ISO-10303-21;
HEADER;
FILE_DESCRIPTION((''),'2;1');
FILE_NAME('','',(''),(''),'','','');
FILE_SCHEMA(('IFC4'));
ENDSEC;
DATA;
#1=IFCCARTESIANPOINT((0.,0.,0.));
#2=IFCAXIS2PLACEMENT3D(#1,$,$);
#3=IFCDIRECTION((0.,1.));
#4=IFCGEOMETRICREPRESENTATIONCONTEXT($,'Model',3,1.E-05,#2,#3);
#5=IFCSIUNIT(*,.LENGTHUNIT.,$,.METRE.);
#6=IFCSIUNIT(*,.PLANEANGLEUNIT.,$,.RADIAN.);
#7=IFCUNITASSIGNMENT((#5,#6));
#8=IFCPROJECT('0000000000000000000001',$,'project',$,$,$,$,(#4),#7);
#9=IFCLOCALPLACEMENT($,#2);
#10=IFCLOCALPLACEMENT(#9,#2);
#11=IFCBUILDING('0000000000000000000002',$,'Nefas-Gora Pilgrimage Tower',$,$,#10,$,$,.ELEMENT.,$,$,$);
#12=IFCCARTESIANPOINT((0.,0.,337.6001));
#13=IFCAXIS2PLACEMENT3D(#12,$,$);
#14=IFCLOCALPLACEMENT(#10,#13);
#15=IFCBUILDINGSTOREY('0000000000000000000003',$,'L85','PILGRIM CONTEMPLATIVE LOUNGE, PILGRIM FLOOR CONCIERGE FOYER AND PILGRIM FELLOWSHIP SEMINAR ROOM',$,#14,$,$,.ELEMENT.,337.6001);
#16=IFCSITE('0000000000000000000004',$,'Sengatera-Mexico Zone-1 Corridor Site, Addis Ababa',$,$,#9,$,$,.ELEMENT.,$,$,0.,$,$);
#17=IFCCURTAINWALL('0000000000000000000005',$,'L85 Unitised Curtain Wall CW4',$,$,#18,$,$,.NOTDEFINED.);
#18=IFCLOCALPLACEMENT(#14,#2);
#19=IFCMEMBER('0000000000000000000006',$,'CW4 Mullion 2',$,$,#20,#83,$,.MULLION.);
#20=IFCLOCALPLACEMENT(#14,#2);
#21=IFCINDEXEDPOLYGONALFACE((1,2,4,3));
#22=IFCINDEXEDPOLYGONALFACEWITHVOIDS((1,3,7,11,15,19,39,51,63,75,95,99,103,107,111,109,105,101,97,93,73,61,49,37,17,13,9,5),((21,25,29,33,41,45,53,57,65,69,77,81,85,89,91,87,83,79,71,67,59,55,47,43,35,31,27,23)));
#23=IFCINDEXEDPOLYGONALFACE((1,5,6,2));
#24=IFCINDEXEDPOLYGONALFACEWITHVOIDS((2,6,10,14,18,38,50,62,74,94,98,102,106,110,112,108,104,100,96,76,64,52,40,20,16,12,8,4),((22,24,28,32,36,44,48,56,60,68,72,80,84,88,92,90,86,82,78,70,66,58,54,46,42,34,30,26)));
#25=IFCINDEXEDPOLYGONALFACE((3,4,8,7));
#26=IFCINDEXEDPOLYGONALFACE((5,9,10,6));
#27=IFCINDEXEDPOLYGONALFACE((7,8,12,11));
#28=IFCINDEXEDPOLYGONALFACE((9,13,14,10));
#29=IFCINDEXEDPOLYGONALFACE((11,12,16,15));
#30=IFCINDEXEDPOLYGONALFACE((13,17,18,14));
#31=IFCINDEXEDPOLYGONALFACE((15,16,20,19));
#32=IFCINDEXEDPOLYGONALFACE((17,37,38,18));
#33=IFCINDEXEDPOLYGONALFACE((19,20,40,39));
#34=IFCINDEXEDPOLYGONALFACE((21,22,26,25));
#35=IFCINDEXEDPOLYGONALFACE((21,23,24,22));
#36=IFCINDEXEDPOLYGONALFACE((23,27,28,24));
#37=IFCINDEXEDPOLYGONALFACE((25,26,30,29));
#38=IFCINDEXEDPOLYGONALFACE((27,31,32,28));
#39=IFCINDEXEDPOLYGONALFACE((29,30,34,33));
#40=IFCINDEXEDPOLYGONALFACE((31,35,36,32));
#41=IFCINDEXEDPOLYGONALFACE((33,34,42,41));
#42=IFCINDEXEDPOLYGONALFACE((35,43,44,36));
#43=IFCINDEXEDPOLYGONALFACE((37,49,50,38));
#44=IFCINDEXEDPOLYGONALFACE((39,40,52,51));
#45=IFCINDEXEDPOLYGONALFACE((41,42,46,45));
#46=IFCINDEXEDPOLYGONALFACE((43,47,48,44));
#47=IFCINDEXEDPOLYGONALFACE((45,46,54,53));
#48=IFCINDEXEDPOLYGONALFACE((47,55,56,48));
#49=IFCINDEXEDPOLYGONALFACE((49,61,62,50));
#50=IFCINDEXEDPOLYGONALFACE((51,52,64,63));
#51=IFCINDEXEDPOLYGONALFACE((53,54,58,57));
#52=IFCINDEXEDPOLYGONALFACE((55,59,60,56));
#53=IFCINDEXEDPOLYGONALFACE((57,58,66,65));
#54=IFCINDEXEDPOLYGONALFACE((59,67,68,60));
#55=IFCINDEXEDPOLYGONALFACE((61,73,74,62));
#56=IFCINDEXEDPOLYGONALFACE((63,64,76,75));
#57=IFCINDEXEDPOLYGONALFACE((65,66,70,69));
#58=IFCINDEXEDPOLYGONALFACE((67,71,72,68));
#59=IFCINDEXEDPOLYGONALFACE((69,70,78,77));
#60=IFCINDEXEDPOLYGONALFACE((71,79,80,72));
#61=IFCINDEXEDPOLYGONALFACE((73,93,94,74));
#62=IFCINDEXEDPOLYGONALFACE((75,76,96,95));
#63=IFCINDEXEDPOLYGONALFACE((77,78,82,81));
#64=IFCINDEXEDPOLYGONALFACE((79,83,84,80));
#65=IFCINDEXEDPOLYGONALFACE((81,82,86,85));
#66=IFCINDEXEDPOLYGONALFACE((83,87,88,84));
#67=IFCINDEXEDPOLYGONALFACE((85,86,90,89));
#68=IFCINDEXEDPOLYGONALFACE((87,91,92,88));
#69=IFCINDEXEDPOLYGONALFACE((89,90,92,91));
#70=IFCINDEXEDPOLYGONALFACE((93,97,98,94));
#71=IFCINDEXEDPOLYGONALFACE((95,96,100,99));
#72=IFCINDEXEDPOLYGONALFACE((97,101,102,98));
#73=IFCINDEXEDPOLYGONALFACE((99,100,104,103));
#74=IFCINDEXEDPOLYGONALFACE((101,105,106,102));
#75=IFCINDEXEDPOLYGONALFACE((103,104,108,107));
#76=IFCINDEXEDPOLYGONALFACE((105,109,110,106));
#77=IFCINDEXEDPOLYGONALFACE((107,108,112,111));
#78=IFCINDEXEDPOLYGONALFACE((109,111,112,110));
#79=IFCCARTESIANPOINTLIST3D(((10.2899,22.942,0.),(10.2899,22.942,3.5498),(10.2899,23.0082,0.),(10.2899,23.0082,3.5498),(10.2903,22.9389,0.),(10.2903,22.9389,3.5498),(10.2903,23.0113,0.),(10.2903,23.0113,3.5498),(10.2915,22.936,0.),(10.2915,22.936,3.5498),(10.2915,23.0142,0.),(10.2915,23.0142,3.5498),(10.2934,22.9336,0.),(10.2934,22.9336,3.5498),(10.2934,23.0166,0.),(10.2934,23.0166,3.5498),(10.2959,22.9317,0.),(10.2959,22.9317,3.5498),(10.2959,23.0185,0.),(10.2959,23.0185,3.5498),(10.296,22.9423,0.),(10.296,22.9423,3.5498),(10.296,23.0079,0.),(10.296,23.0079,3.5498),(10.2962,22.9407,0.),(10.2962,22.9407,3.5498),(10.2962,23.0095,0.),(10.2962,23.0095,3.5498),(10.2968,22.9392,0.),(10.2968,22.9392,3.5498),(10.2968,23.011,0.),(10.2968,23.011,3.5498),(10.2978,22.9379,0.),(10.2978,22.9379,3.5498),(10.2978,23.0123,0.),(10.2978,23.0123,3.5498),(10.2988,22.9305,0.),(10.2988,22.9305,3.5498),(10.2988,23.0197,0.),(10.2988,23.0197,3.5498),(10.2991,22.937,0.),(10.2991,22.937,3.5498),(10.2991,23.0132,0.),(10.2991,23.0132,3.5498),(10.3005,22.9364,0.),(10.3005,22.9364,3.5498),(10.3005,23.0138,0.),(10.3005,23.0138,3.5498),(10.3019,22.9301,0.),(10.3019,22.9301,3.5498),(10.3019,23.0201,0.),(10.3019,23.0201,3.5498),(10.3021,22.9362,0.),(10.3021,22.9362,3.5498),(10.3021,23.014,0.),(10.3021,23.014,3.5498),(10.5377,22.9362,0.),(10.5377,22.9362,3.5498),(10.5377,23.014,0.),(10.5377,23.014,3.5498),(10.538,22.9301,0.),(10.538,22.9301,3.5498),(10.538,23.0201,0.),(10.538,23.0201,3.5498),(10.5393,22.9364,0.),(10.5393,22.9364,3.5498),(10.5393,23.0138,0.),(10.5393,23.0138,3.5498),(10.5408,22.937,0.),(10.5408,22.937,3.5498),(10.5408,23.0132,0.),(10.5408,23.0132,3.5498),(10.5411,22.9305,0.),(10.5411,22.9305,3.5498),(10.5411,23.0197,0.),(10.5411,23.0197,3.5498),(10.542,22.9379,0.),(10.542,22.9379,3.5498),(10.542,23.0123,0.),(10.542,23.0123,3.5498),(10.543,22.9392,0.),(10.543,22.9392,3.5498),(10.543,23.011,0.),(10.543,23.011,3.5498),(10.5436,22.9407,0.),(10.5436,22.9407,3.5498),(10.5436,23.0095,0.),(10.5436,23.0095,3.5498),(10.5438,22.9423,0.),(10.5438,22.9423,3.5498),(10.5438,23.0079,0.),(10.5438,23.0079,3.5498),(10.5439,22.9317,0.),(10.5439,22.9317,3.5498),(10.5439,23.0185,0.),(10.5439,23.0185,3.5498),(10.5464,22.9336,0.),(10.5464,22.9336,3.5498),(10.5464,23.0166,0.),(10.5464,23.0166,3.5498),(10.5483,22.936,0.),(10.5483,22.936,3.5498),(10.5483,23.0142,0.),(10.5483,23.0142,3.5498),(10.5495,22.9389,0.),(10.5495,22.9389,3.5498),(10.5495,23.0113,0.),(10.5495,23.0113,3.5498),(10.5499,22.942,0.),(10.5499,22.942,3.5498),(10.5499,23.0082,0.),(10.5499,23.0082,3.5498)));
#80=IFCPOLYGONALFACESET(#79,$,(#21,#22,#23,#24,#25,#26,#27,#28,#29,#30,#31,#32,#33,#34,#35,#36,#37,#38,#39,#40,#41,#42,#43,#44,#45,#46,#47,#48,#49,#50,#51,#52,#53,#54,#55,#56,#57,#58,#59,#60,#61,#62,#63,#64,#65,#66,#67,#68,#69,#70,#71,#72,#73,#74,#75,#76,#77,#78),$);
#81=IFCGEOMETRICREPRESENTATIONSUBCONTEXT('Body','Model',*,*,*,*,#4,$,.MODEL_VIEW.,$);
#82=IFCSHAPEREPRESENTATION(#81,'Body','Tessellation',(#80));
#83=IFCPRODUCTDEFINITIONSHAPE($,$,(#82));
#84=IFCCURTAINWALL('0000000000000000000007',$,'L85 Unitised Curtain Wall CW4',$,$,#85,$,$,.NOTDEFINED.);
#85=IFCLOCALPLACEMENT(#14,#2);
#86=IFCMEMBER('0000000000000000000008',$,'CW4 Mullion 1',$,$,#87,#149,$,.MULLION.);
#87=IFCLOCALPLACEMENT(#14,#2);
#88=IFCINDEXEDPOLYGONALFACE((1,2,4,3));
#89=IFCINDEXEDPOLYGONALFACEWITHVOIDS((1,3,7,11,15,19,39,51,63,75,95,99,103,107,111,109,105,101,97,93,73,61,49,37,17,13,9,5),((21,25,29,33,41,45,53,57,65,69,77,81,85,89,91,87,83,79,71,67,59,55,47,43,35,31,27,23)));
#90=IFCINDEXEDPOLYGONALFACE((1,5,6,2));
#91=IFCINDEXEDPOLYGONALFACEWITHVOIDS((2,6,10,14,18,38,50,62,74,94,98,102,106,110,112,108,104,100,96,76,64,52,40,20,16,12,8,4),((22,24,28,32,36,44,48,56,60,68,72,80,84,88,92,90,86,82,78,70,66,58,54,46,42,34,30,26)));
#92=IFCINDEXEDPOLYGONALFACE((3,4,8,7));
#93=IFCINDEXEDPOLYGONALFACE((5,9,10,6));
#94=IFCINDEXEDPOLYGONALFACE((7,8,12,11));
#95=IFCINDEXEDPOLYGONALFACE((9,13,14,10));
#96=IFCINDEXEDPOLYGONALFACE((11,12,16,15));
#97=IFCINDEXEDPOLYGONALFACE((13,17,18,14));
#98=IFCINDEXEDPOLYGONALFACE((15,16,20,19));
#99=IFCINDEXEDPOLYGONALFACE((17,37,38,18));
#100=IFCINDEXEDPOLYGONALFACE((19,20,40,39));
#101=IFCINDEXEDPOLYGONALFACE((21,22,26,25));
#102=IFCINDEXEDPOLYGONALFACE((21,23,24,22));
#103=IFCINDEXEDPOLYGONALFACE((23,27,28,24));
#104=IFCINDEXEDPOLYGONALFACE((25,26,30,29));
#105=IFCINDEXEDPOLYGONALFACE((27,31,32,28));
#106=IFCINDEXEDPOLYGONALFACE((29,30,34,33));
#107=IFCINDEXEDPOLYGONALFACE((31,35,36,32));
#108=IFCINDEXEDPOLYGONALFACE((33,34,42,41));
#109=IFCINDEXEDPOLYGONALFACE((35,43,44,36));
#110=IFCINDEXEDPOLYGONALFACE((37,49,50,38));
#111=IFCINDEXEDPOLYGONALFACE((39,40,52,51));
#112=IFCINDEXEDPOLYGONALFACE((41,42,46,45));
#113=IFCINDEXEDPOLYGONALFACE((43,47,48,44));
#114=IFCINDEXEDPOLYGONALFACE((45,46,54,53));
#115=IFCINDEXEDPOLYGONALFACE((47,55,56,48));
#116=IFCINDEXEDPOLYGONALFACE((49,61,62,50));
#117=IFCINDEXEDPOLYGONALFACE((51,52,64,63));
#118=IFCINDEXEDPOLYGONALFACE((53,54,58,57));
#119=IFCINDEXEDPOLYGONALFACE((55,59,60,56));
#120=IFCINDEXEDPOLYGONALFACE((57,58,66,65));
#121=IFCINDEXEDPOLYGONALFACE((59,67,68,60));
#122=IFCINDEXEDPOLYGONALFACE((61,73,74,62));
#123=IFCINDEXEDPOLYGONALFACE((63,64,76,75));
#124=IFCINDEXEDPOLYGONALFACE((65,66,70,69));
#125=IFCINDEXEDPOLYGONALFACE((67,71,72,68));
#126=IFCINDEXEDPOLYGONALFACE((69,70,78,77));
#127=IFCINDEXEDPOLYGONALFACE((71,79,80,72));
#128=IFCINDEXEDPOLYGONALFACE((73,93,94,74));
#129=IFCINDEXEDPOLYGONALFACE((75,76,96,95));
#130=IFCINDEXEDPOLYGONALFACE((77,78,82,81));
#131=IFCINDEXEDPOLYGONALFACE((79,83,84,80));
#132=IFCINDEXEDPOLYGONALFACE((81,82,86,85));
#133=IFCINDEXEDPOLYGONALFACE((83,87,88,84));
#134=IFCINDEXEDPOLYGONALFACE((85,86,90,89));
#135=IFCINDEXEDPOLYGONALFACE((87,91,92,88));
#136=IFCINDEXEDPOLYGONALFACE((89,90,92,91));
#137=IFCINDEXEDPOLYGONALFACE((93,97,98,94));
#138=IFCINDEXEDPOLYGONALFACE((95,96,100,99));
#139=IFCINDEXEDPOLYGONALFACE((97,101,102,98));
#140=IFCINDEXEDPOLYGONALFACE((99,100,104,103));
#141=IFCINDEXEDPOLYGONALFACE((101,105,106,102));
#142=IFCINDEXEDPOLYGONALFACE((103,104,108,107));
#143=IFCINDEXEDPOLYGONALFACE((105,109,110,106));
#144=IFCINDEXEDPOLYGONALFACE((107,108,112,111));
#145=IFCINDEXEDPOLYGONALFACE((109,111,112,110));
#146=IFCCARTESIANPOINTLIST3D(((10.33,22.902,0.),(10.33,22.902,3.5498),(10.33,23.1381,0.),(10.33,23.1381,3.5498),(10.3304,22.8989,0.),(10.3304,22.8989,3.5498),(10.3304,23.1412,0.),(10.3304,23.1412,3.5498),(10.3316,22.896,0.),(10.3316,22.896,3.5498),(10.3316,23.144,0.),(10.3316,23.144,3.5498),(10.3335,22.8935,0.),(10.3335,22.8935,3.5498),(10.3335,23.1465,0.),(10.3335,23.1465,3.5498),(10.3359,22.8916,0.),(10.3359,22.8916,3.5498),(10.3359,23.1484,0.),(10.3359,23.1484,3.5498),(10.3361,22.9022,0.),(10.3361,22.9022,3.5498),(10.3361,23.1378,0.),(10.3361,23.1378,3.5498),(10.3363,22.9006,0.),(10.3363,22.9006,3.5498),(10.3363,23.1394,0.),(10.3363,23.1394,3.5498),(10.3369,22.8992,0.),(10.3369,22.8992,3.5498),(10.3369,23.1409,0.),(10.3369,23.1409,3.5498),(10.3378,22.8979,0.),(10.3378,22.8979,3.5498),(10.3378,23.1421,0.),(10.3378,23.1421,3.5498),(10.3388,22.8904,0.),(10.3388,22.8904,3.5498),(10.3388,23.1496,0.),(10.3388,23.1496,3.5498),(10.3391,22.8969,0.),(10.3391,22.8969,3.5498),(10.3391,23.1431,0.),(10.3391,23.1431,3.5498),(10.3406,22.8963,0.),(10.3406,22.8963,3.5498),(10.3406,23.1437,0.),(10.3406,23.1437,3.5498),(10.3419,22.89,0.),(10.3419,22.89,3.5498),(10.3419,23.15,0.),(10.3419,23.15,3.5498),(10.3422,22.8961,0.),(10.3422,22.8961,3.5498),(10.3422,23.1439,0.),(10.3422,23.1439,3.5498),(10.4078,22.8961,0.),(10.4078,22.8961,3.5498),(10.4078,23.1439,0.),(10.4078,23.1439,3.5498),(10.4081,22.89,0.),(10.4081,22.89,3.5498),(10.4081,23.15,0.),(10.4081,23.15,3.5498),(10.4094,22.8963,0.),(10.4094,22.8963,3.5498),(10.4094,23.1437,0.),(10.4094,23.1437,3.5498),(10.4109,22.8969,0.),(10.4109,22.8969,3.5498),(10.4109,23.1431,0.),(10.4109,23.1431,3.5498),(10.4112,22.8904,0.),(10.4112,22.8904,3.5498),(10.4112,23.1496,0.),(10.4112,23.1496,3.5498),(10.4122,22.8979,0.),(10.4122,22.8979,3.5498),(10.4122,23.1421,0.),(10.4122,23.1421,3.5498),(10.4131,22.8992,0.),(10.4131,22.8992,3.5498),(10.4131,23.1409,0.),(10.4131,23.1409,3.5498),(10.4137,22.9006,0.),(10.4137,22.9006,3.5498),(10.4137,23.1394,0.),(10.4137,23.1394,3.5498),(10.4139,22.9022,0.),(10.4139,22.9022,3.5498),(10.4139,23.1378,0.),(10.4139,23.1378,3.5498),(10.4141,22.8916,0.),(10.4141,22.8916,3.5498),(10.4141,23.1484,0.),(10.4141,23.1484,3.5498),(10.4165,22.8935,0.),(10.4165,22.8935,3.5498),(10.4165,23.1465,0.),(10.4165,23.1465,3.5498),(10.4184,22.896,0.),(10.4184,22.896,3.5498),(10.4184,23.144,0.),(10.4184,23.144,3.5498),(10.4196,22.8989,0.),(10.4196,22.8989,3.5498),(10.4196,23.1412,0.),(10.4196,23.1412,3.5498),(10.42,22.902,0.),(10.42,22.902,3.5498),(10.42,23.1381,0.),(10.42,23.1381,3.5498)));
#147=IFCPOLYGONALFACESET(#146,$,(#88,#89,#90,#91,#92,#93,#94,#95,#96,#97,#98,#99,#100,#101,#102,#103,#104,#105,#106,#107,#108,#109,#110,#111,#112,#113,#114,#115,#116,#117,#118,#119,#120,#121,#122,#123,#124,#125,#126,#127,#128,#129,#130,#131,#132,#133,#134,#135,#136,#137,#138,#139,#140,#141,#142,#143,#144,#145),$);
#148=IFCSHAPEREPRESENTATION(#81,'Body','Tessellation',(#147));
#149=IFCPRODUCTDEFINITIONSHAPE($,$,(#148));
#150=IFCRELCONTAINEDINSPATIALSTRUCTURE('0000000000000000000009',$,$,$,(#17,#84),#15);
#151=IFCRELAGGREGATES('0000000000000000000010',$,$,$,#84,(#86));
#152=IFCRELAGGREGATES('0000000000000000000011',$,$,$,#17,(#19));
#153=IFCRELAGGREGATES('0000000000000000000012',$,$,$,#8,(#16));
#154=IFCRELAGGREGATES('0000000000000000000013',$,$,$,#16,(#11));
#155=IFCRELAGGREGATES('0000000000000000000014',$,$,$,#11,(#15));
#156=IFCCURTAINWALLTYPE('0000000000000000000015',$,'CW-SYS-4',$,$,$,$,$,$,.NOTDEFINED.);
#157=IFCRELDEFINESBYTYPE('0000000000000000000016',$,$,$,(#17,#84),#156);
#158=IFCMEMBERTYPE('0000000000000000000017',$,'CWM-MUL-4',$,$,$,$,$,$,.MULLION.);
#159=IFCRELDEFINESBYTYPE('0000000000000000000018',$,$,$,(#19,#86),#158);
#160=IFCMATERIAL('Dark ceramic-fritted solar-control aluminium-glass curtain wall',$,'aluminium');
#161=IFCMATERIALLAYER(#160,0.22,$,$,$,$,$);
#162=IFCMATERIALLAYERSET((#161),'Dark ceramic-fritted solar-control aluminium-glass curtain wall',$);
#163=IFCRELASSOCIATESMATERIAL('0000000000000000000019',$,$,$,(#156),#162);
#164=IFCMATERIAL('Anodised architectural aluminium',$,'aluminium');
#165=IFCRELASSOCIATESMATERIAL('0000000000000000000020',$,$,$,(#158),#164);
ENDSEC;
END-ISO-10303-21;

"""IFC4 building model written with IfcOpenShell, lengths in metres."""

from ifc_helpers import new_model, si_unit, direction, frame, origin, origin_2d, place, context, subcontext, project, spatial, hollow_rectangle, extrude, source, transform, mapped, material, layer, layer_set, material_profile, profile_set, type_object, element, aggregate, save


model = new_model("IFC4")

# Units and contexts
model_context = context("Model", 3, precision=1e-05, world=origin(), true_north=direction((0.0, 1.0)))
body_context = subcontext(model_context, "Body", "Model", "MODEL_VIEW")
ifc_project = project(units=[si_unit("LENGTHUNIT", "METRE"), si_unit("PLANEANGLEUNIT", "RADIAN")], contexts=[model_context])

# Site, building, storey
site_placement = place(None, origin())
site = spatial("IfcSite", under=ifc_project, at=site_placement, Name="Sengatera-Mexico Zone-1 Corridor Site, Addis Ababa", CompositionType="ELEMENT", RefElevation=0.0)
building_placement = place(site_placement, origin())
building = spatial("IfcBuilding", under=site, at=building_placement, Name="Nefas-Gora Pilgrimage Tower", CompositionType="ELEMENT")
storey_placement = place(building_placement, frame((0.0, 0.0, 337.6001)))
storey = spatial("IfcBuildingStorey", under=building, at=storey_placement, Name="L85", Description="PILGRIM CONTEMPLATIVE LOUNGE, PILGRIM FLOOR CONCIERGE FOYER AND PILGRIM FELLOWSHIP SEMINAR ROOM", CompositionType="ELEMENT", Elevation=337.6001)

# Shared definitions
ifc_material_1 = material(Name="Dark ceramic-fritted solar-control aluminium-glass curtain wall", Category="aluminium")
ifc_layer_1 = layer(ifc_material_1, 0.22)
ifc_layer_set_1 = layer_set([ifc_layer_1], Name="Dark ceramic-fritted solar-control aluminium-glass curtain wall")
curtain_wall_type = type_object("IfcCurtainWallType", Name="CW-SYS-4", PredefinedType="NOTDEFINED", material=ifc_layer_set_1)
ifc_material_2 = material(Name="Anodised architectural aluminium", Category="aluminium")
ifc_material_profile_1 = material_profile(ifc_material_2, hollow_rectangle(XDim=0.0901, YDim=0.26, WallThickness=0.0061, InnerFilletRadius=0.0061, OuterFilletRadius=0.012, at=origin_2d()), Name="ALU MULLION 90x260")
ifc_profile_set_1 = profile_set([ifc_material_profile_1], Name="Anodised architectural aluminium")
member_type_1 = type_object("IfcMemberType", Name="CWM-MUL-4", PredefinedType="MULLION", material=ifc_profile_set_1)
shared_shape_1 = source(origin(), body_context, "Body", "SweptSolid", [
    extrude(hollow_rectangle(XDim=0.0901, YDim=0.26, WallThickness=0.0061, InnerFilletRadius=0.0061, OuterFilletRadius=0.012, at=origin_2d()), origin(), (0.0, 0.0, 1.0), 3.5498),
])

# Curtain wall, member
curtain_wall_1_placement = place(storey_placement, origin())
curtain_wall_1 = element("IfcCurtainWall", 1, at=curtain_wall_1_placement, inside=storey, type_object=curtain_wall_type, Name="L85 Unitised Curtain Wall CW4", PredefinedType="NOTDEFINED")
member_1_placement = place(storey_placement, frame((10.4199, 22.9751, 0.0), z_axis=(0.0, 0.0, 1.0), x_axis=(0.0, 1.0, 0.0)))
member_1 = element("IfcMember", 2, at=member_1_placement, type_object=member_type_1, Name="CW4 Mullion 2", PredefinedType="MULLION", context=body_context, shape_type="MappedRepresentation", body=[
    mapped(shared_shape_1, transform((0.0, 0.0, 0.0), x_axis=(1.0, 0.0, 0.0), y_axis=(0.0, 1.0, 0.0), z_axis=(0.0, 0.0, 1.0), scale=1.0)),
])

# Curtain wall, member
curtain_wall_2_placement = place(storey_placement, origin())
curtain_wall_2 = element("IfcCurtainWall", 3, at=curtain_wall_2_placement, inside=storey, type_object=curtain_wall_type, Name="L85 Unitised Curtain Wall CW4", PredefinedType="NOTDEFINED")
member_2_placement = place(storey_placement, frame((10.375, 23.02, 0.0), z_axis=(0.0, 0.0, 1.0), x_axis=(-1.0, 0.0, 0.0)))
member_2 = element("IfcMember", 4, at=member_2_placement, type_object=member_type_1, Name="CW4 Mullion 1", PredefinedType="MULLION", context=body_context, shape_type="MappedRepresentation", body=[
    mapped(shared_shape_1, transform((0.0, 0.0, 0.0), x_axis=(1.0, 0.0, 0.0), y_axis=(0.0, 1.0, 0.0), z_axis=(0.0, 0.0, 1.0), scale=1.0)),
])
aggregate(curtain_wall_2, [member_2])

aggregate(curtain_wall_1, [member_1])

save(model, "model.ifc")
